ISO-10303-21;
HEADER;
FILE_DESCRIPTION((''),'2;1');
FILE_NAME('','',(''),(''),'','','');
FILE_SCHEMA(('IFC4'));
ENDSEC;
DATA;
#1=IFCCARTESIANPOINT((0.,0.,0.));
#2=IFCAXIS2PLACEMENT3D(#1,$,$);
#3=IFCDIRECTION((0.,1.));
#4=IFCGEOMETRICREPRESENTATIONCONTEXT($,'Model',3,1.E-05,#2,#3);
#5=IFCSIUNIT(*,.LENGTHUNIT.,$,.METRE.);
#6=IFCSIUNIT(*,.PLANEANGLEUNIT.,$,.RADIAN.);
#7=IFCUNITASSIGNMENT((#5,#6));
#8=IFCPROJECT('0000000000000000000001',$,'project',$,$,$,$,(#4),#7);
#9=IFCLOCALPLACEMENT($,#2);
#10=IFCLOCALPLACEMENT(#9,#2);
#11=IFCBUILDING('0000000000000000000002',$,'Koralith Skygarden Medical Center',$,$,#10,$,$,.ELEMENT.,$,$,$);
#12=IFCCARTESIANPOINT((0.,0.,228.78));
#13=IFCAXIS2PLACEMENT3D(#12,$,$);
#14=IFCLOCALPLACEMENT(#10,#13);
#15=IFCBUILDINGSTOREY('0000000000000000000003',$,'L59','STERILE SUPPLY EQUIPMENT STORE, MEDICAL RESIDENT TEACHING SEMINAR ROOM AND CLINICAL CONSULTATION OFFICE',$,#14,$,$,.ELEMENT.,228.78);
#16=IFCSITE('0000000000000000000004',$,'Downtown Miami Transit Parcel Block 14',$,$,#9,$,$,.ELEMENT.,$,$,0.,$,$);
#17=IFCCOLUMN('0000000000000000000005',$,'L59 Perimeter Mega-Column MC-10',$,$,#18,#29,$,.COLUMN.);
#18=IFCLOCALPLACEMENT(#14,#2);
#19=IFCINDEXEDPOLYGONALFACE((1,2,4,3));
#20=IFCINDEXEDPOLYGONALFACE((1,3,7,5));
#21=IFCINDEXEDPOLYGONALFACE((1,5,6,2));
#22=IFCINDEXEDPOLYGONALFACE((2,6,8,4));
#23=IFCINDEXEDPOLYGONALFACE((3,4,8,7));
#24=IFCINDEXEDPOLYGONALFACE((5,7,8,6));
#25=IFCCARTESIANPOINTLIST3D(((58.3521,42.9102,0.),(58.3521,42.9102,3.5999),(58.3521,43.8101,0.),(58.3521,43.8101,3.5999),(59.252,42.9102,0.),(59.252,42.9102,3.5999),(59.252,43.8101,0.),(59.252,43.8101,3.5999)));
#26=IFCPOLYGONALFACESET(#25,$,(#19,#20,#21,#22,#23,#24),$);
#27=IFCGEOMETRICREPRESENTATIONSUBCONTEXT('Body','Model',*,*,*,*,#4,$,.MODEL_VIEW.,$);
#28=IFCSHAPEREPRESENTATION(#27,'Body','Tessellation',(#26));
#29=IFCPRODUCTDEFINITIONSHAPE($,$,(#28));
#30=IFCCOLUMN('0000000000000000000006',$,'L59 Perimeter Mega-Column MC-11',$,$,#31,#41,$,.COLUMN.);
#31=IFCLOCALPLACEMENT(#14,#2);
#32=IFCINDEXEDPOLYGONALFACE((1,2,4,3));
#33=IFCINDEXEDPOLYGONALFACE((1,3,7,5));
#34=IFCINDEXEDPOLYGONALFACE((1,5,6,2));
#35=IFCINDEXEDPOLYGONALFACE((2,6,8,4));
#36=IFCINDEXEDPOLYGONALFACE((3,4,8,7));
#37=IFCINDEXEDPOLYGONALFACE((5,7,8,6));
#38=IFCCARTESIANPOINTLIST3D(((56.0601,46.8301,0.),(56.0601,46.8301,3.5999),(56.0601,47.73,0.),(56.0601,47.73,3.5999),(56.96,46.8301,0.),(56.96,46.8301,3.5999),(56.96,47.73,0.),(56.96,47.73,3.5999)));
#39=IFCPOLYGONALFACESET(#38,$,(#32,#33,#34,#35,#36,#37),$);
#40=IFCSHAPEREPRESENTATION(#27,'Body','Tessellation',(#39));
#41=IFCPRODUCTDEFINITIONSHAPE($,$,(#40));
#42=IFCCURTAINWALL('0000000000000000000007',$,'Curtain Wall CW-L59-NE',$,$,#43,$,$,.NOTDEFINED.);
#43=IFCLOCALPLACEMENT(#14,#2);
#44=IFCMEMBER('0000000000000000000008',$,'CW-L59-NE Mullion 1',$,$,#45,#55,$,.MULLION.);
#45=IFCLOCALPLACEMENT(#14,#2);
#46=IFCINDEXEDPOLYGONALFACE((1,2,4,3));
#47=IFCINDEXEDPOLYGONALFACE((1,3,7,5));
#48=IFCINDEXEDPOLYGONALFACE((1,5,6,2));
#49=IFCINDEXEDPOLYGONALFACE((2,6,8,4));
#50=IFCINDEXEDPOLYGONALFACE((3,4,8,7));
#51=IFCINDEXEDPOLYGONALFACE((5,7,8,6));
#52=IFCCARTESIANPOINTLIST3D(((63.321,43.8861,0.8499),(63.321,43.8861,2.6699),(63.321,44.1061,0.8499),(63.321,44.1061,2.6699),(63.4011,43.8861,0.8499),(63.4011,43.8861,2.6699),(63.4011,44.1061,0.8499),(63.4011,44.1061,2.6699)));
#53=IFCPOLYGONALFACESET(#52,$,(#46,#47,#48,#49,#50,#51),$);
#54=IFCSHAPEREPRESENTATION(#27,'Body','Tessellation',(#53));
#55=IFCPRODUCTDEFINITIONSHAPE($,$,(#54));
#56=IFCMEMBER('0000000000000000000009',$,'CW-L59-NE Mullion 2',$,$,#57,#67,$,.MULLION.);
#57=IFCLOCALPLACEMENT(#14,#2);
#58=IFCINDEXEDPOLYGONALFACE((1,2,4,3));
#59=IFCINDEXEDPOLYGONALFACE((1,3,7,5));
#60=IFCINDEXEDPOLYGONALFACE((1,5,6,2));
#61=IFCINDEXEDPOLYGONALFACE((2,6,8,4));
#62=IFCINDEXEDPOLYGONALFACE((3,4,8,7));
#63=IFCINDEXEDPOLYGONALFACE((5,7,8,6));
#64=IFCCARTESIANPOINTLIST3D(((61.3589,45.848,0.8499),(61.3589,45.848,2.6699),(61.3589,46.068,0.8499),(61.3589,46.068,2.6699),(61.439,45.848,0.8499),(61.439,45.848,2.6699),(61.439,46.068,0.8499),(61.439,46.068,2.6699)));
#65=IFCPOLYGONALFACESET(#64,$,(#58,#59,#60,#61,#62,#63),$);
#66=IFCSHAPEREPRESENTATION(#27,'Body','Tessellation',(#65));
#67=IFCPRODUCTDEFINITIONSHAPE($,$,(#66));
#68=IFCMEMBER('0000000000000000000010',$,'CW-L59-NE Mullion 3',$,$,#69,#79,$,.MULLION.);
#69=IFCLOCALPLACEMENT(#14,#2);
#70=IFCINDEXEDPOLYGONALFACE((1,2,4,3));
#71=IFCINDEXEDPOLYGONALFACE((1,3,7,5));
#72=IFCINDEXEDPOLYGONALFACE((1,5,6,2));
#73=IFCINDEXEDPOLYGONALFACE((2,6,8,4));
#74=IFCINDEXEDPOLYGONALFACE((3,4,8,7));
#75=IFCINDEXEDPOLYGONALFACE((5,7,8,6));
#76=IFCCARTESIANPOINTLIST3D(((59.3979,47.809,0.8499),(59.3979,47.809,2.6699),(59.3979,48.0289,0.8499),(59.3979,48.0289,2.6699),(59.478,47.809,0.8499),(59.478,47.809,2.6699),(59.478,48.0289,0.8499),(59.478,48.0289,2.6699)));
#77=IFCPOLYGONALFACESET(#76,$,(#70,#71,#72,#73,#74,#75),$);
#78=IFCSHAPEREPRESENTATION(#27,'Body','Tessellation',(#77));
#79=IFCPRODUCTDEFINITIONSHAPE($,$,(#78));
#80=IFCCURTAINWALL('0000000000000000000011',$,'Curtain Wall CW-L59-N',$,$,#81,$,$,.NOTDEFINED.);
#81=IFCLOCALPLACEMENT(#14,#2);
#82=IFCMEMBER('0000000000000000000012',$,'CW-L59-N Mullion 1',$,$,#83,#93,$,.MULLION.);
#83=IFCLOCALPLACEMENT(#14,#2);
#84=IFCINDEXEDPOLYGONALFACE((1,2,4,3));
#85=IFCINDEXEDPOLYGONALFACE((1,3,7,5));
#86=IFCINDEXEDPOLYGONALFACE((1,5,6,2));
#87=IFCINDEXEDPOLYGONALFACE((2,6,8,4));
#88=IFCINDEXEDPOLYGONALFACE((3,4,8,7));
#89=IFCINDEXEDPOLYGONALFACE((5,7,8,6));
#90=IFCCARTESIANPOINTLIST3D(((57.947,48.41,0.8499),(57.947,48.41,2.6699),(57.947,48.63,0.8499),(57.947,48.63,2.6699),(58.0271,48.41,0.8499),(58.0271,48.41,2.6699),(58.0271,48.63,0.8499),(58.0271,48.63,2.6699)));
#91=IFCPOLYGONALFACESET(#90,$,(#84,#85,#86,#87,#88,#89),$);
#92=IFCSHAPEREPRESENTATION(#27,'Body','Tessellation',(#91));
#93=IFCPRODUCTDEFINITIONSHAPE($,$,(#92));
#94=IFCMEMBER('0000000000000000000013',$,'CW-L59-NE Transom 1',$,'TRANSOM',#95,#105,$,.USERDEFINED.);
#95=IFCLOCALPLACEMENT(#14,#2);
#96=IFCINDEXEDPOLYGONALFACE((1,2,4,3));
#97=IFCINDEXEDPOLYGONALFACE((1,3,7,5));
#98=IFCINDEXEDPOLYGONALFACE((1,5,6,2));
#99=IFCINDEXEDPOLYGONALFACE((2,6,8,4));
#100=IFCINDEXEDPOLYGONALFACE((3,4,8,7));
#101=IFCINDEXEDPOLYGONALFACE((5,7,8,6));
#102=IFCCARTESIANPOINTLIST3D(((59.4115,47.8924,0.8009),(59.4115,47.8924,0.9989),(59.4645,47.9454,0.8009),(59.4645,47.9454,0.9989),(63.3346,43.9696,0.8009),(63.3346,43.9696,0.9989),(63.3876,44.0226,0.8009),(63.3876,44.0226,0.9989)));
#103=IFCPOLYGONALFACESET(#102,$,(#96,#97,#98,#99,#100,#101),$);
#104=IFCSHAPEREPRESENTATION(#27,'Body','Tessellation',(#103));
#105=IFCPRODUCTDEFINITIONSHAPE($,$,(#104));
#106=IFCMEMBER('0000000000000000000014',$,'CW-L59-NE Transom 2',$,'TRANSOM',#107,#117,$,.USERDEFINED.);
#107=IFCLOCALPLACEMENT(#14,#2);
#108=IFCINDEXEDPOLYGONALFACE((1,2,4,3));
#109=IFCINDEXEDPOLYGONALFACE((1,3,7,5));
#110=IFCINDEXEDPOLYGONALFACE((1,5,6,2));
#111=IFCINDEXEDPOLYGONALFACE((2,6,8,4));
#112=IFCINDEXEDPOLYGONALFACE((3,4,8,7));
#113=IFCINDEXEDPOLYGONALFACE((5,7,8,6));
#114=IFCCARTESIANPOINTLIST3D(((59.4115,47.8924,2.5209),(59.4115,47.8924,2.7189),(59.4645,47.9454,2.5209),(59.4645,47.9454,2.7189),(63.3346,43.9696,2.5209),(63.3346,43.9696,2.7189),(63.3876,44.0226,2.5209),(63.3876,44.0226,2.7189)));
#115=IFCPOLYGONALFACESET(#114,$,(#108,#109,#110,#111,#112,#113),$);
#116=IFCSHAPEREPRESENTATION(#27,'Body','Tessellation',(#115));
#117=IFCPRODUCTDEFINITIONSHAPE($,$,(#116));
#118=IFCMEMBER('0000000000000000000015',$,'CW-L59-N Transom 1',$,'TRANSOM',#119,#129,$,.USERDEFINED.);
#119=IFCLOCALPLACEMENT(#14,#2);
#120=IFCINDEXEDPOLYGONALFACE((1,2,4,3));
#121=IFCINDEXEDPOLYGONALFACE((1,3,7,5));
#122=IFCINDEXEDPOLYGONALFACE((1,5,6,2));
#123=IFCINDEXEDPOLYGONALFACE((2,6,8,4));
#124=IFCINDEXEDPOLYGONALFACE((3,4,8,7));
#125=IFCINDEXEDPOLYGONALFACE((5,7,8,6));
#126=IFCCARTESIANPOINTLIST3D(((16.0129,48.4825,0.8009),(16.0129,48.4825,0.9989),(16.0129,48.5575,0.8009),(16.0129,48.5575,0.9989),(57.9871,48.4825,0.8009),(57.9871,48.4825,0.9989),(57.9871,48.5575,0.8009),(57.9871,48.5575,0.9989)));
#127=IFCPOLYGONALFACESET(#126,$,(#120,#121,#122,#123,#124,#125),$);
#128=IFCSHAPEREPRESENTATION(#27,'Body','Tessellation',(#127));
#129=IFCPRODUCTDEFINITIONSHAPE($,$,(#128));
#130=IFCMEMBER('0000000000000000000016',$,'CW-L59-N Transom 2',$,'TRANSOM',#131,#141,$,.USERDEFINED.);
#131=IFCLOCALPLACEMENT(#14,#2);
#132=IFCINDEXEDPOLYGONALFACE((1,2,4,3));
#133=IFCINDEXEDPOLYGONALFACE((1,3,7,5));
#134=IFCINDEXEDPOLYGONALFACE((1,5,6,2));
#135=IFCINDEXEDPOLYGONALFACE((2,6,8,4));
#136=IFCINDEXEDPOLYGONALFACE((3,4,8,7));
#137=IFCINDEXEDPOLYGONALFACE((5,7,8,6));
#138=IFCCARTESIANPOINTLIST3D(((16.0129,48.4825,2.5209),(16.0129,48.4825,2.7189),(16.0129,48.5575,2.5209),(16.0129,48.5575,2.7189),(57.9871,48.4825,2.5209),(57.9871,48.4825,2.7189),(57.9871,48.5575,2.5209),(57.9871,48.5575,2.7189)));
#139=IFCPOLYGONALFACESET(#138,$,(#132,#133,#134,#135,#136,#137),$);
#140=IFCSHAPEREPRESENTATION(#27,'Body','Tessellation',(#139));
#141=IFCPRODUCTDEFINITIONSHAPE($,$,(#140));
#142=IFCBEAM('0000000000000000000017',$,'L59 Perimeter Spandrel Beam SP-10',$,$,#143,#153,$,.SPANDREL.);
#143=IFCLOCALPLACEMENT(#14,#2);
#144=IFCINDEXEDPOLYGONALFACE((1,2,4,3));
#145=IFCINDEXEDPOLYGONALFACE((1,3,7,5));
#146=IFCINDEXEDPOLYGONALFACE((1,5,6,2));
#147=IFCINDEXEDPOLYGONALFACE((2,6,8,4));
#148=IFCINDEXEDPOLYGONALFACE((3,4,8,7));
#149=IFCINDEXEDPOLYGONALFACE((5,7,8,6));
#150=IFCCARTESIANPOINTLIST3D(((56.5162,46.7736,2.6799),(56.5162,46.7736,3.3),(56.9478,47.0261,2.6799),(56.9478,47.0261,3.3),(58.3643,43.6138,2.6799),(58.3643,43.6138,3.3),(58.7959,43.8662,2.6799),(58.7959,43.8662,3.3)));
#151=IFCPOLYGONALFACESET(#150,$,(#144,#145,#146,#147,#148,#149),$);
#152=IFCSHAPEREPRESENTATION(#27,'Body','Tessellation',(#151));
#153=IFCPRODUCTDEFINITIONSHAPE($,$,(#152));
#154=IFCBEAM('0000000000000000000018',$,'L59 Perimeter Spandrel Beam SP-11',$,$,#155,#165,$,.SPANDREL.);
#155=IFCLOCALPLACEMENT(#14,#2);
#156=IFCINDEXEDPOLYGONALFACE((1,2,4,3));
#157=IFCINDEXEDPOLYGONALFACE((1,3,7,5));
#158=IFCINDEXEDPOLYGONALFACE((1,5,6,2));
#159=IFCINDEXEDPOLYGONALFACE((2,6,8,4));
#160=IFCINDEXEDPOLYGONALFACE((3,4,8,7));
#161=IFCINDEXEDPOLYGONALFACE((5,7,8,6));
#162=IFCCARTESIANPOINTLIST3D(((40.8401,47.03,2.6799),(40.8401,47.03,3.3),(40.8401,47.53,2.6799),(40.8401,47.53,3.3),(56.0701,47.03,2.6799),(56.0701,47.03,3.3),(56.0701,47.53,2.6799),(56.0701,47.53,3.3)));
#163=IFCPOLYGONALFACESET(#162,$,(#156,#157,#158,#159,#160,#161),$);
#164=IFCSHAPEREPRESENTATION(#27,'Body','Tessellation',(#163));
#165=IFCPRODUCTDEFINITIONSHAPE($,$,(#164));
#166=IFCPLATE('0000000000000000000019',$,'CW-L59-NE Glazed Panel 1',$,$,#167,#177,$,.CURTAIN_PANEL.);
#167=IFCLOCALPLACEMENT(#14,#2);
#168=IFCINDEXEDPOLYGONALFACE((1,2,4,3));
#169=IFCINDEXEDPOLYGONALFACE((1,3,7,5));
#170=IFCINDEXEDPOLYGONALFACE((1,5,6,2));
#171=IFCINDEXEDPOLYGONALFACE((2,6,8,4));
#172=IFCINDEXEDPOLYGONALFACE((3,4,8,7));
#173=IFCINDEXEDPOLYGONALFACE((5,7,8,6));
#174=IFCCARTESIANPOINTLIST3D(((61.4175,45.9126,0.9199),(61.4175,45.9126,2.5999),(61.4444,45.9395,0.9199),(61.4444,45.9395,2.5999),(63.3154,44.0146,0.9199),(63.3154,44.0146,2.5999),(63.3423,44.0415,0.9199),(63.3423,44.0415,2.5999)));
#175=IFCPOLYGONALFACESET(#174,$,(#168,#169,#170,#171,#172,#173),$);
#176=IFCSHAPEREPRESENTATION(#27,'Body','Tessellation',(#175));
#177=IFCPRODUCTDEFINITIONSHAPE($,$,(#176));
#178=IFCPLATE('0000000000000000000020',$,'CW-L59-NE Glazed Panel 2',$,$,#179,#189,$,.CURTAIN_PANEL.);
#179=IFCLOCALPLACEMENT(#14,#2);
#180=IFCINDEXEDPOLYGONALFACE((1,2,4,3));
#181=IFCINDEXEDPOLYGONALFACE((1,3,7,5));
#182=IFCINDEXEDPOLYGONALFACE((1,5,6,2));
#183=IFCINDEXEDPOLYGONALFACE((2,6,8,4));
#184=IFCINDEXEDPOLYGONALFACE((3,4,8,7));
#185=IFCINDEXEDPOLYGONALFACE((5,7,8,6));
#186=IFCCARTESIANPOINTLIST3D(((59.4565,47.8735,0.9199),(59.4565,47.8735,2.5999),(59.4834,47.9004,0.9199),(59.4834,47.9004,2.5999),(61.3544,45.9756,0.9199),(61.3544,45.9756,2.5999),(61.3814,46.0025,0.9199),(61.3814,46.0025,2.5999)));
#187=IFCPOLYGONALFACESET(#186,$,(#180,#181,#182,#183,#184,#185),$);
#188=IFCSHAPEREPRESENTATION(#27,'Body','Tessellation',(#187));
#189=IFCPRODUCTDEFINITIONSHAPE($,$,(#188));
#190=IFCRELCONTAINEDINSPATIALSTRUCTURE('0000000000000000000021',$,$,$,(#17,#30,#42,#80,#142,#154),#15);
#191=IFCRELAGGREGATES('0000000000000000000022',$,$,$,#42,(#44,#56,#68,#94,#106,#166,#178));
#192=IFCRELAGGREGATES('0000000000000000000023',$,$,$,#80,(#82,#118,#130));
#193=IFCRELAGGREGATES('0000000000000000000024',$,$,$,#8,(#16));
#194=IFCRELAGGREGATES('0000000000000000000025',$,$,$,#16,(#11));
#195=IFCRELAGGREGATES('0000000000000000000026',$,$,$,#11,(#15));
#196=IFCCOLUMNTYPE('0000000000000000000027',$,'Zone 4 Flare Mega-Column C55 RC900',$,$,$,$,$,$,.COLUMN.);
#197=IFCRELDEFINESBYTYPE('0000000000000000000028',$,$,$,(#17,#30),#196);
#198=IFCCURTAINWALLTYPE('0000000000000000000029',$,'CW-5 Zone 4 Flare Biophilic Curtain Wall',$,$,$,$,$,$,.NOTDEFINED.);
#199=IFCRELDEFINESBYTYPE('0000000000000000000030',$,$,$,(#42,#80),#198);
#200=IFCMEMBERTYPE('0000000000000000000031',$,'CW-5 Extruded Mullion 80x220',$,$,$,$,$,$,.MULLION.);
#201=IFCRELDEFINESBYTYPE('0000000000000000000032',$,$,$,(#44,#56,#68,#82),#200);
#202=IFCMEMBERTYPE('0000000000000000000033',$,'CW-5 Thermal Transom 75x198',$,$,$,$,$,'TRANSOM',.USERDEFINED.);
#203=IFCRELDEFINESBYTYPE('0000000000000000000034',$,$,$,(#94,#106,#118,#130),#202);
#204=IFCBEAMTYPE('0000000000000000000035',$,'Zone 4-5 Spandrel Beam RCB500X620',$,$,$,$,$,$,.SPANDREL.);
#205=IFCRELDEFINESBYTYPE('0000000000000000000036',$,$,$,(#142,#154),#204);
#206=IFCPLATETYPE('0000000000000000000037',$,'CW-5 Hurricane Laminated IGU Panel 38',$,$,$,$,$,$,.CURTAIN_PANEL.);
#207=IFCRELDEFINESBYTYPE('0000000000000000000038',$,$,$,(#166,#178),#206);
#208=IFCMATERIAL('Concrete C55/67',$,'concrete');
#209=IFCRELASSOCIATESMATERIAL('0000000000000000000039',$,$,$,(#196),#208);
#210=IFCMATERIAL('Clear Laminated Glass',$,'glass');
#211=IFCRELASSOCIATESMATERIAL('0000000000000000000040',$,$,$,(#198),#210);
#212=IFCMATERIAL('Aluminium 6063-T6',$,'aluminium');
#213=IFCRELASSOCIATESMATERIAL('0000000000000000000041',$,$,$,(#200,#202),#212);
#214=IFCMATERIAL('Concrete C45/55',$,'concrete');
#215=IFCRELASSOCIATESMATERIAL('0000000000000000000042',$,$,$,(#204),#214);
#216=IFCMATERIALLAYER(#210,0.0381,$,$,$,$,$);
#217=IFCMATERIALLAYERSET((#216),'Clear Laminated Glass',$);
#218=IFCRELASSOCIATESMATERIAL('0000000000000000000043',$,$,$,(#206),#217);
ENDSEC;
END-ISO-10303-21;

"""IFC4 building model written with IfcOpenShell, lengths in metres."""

from ifc_helpers import new_model, si_unit, direction, frame, origin, origin_2d, place, context, subcontext, project, spatial, rectangle, extrude, material, layer, layer_set, material_profile, profile_set, type_object, element, aggregate, save


model = new_model("IFC4")

# Units and contexts
model_context = context("Model", 3, precision=1e-05, world=origin(), true_north=direction((0.0, 1.0)))
body_context = subcontext(model_context, "Body", "Model", "MODEL_VIEW")
ifc_project = project(units=[si_unit("LENGTHUNIT", "METRE"), si_unit("PLANEANGLEUNIT", "RADIAN")], contexts=[model_context])

# Site, building, storey
site_placement = place(None, origin())
site = spatial("IfcSite", under=ifc_project, at=site_placement, Name="Downtown Miami Transit Parcel Block 14", CompositionType="ELEMENT", RefElevation=0.0)
building_placement = place(site_placement, origin())
building = spatial("IfcBuilding", under=site, at=building_placement, Name="Koralith Skygarden Medical Center", CompositionType="ELEMENT")
storey_placement = place(building_placement, frame((0.0, 0.0, 228.78)))
storey = spatial("IfcBuildingStorey", under=building, at=storey_placement, Name="L59", Description="STERILE SUPPLY EQUIPMENT STORE, MEDICAL RESIDENT TEACHING SEMINAR ROOM AND CLINICAL CONSULTATION OFFICE", CompositionType="ELEMENT", Elevation=228.78)

# Columns
ifc_material_1 = material(Name="Concrete C55/67", Category="concrete")
ifc_material_profile_1 = material_profile(ifc_material_1, rectangle(XDim=0.8999, YDim=0.8999, at=origin_2d()), Name="RC900X900")
ifc_profile_set_1 = profile_set([ifc_material_profile_1], Name="Concrete C55/67")
column_type = type_object("IfcColumnType", Name="Zone 4 Flare Mega-Column C55 RC900", PredefinedType="COLUMN", material=ifc_profile_set_1)
for number, where, z_axis, x_axis, name in (
    (1, (58.802, 43.3601, 0.0), (0.0, 0.0, 1.0), (1.0, 0.0, 0.0), "L59 Perimeter Mega-Column MC-10"),
    (2, (56.51, 47.28, 0.0), (0.0, 0.0, 1.0), (1.0, 0.0, 0.0), "L59 Perimeter Mega-Column MC-11"),
):
    element("IfcColumn", number, at=place(storey_placement, frame(where, z_axis=z_axis, x_axis=x_axis)), inside=storey, type_object=column_type, Name=name, PredefinedType="COLUMN", context=body_context, shape_type="SweptSolid", body=[
        extrude(rectangle(XDim=0.8999, YDim=0.8999, at=origin_2d()), origin(), (0.0, 0.0, 1.0), 3.5999),
    ])

# Curtain wall, members
ifc_material_2 = material(Name="Clear Laminated Glass", Category="glass")
curtain_wall_type = type_object("IfcCurtainWallType", Name="CW-5 Zone 4 Flare Biophilic Curtain Wall", PredefinedType="NOTDEFINED", material=ifc_material_2)
curtain_wall_1_placement = place(storey_placement, origin())
curtain_wall_1 = element("IfcCurtainWall", 3, at=curtain_wall_1_placement, inside=storey, type_object=curtain_wall_type, Name="Curtain Wall CW-L59-NE", PredefinedType="NOTDEFINED")
ifc_material_3 = material(Name="Aluminium 6063-T6", Category="aluminium")
ifc_material_profile_2 = material_profile(ifc_material_3, rectangle(XDim=0.0801, YDim=0.22, at=origin_2d()), Name="MUL80X220")
ifc_profile_set_2 = profile_set([ifc_material_profile_2], Name="Aluminium 6063-T6")
member_type_1 = type_object("IfcMemberType", Name="CW-5 Extruded Mullion 80x220", PredefinedType="MULLION", material=ifc_profile_set_2)
member_1_placement = place(storey_placement, frame((63.3611, 43.9961, 0.8499), z_axis=(0.0, 0.0, 1.0), x_axis=(1.0, 0.0, 0.0)))
member_1 = element("IfcMember", 4, at=member_1_placement, type_object=member_type_1, Name="CW-L59-NE Mullion 1", PredefinedType="MULLION", context=body_context, shape_type="SweptSolid", body=[
    extrude(rectangle(XDim=0.0801, YDim=0.22, at=origin_2d()), origin(), (0.0, 0.0, 1.0), 1.8201),
])
member_2_placement = place(storey_placement, frame((61.3989, 45.958, 0.8499), z_axis=(0.0, 0.0, 1.0), x_axis=(1.0, 0.0, 0.0)))
member_2 = element("IfcMember", 5, at=member_2_placement, type_object=member_type_1, Name="CW-L59-NE Mullion 2", PredefinedType="MULLION", context=body_context, shape_type="SweptSolid", body=[
    extrude(rectangle(XDim=0.0801, YDim=0.22, at=origin_2d()), origin(), (0.0, 0.0, 1.0), 1.8201),
])
member_3_placement = place(storey_placement, frame((59.438, 47.9189, 0.8499), z_axis=(0.0, 0.0, 1.0), x_axis=(1.0, 0.0, 0.0)))
member_3 = element("IfcMember", 6, at=member_3_placement, type_object=member_type_1, Name="CW-L59-NE Mullion 3", PredefinedType="MULLION", context=body_context, shape_type="SweptSolid", body=[
    extrude(rectangle(XDim=0.0801, YDim=0.22, at=origin_2d()), origin(), (0.0, 0.0, 1.0), 1.8201),
])

# Curtain wall, member
curtain_wall_2_placement = place(storey_placement, origin())
curtain_wall_2 = element("IfcCurtainWall", 7, at=curtain_wall_2_placement, inside=storey, type_object=curtain_wall_type, Name="Curtain Wall CW-L59-N", PredefinedType="NOTDEFINED")
member_4_placement = place(storey_placement, frame((57.9871, 48.52, 0.8499), z_axis=(0.0, 0.0, 1.0), x_axis=(1.0, 0.0, 0.0)))
member_4 = element("IfcMember", 8, at=member_4_placement, type_object=member_type_1, Name="CW-L59-N Mullion 1", PredefinedType="MULLION", context=body_context, shape_type="SweptSolid", body=[
    extrude(rectangle(XDim=0.0801, YDim=0.22, at=origin_2d()), origin(), (0.0, 0.0, 1.0), 1.8201),
])

# Members
ifc_material_profile_3 = material_profile(ifc_material_3, rectangle(XDim=0.075, YDim=0.198, at=origin_2d()), Name="TRN75X198")
ifc_profile_set_3 = profile_set([ifc_material_profile_3], Name="Aluminium 6063-T6")
member_type_2 = type_object("IfcMemberType", Name="CW-5 Thermal Transom 75x198", ElementType="TRANSOM", PredefinedType="USERDEFINED", material=ifc_profile_set_3)
member_5_placement = place(storey_placement, frame((63.3611, 43.9961, 0.8999), z_axis=(-0.707129, 0.707085, 0.0), x_axis=(-0.707085, -0.707129, 0.0)))
member_5 = element("IfcMember", 9, at=member_5_placement, type_object=member_type_2, Name="CW-L59-NE Transom 1", ObjectType="TRANSOM", PredefinedType="USERDEFINED", context=body_context, shape_type="SweptSolid", body=[
    extrude(rectangle(XDim=0.075, YDim=0.198, at=origin_2d()), origin(), (0.0, 0.0, 1.0), 5.5479),
])
member_6_placement = place(storey_placement, frame((63.3611, 43.9961, 2.6199), z_axis=(-0.707129, 0.707085, 0.0), x_axis=(-0.707085, -0.707129, 0.0)))
member_6 = element("IfcMember", 10, at=member_6_placement, type_object=member_type_2, Name="CW-L59-NE Transom 2", ObjectType="TRANSOM", PredefinedType="USERDEFINED", context=body_context, shape_type="SweptSolid", body=[
    extrude(rectangle(XDim=0.075, YDim=0.198, at=origin_2d()), origin(), (0.0, 0.0, 1.0), 5.5479),
])
member_7_placement = place(storey_placement, frame((57.9871, 48.52, 0.8999), z_axis=(-1.0, 0.0, 0.0), x_axis=(0.0, -1.0, 0.0)))
member_7 = element("IfcMember", 11, at=member_7_placement, type_object=member_type_2, Name="CW-L59-N Transom 1", ObjectType="TRANSOM", PredefinedType="USERDEFINED", context=body_context, shape_type="SweptSolid", body=[
    extrude(rectangle(XDim=0.075, YDim=0.198, at=origin_2d()), origin(), (0.0, 0.0, 1.0), 41.9741),
])
member_8_placement = place(storey_placement, frame((57.9871, 48.52, 2.6199), z_axis=(-1.0, 0.0, 0.0), x_axis=(0.0, -1.0, 0.0)))
member_8 = element("IfcMember", 12, at=member_8_placement, type_object=member_type_2, Name="CW-L59-N Transom 2", ObjectType="TRANSOM", PredefinedType="USERDEFINED", context=body_context, shape_type="SweptSolid", body=[
    extrude(rectangle(XDim=0.075, YDim=0.198, at=origin_2d()), origin(), (0.0, 0.0, 1.0), 41.9741),
])

# Beams
ifc_material_4 = material(Name="Concrete C45/55", Category="concrete")
ifc_material_profile_4 = material_profile(ifc_material_4, rectangle(XDim=0.5, YDim=0.6201, at=origin_2d()), Name="RCB500X620")
ifc_profile_set_4 = profile_set([ifc_material_profile_4], Name="Concrete C45/55")
beam_type = type_object("IfcBeamType", Name="Zone 4-5 Spandrel Beam RCB500X620", PredefinedType="SPANDREL", material=ifc_profile_set_4)
beam_1_placement = place(storey_placement, frame((58.5801, 43.74, 2.99), z_axis=(-0.504862, 0.8632, 0.0), x_axis=(-0.8632, -0.504862, 0.0)))
element("IfcBeam", 13, at=beam_1_placement, inside=storey, type_object=beam_type, Name="L59 Perimeter Spandrel Beam SP-10", PredefinedType="SPANDREL", context=body_context, shape_type="SweptSolid", body=[
    extrude(rectangle(XDim=0.5, YDim=0.6201, at=origin_2d()), origin(), (0.0, 0.0, 1.0), 3.6606),
])
beam_2_placement = place(storey_placement, frame((56.0701, 47.28, 2.99), z_axis=(-1.0, 0.0, 0.0), x_axis=(0.0, -1.0, 0.0)))
element("IfcBeam", 14, at=beam_2_placement, inside=storey, type_object=beam_type, Name="L59 Perimeter Spandrel Beam SP-11", PredefinedType="SPANDREL", context=body_context, shape_type="SweptSolid", body=[
    extrude(rectangle(XDim=0.5, YDim=0.6201, at=origin_2d()), origin(), (0.0, 0.0, 1.0), 15.23),
])

# Plates
ifc_layer_1 = layer(ifc_material_2, 0.0381)
ifc_layer_set_1 = layer_set([ifc_layer_1], Name="Clear Laminated Glass")
plate_type_1 = type_object("IfcPlateType", Name="CW-5 Hurricane Laminated IGU Panel 38", PredefinedType="CURTAIN_PANEL", material=ifc_layer_set_1)
plate_1_placement = place(storey_placement, frame((62.3799, 44.9771, 0.9199), z_axis=(0.0, 0.0, 1.0), x_axis=(-0.707107, 0.707107, 0.0)))
plate_1 = element("IfcPlate", 15, at=plate_1_placement, type_object=plate_type_1, Name="CW-L59-NE Glazed Panel 1", PredefinedType="CURTAIN_PANEL", context=body_context, shape_type="SweptSolid", body=[
    extrude(rectangle(XDim=2.6841, YDim=0.0381, at=origin_2d()), origin(), (0.0, 0.0, 1.0), 1.6799),
])
plate_2_placement = place(storey_placement, frame((60.4189, 46.938, 0.9199), z_axis=(0.0, 0.0, 1.0), x_axis=(-0.707107, 0.707107, 0.0)))
plate_2 = element("IfcPlate", 16, at=plate_2_placement, type_object=plate_type_1, Name="CW-L59-NE Glazed Panel 2", PredefinedType="CURTAIN_PANEL", context=body_context, shape_type="SweptSolid", body=[
    extrude(rectangle(XDim=2.6841, YDim=0.0381, at=origin_2d()), origin(), (0.0, 0.0, 1.0), 1.6799),
])
aggregate(curtain_wall_1, [member_1, member_2, member_3, member_5, member_6, plate_1, plate_2])
aggregate(curtain_wall_2, [member_4, member_7, member_8])

save(model, "model.ifc")
